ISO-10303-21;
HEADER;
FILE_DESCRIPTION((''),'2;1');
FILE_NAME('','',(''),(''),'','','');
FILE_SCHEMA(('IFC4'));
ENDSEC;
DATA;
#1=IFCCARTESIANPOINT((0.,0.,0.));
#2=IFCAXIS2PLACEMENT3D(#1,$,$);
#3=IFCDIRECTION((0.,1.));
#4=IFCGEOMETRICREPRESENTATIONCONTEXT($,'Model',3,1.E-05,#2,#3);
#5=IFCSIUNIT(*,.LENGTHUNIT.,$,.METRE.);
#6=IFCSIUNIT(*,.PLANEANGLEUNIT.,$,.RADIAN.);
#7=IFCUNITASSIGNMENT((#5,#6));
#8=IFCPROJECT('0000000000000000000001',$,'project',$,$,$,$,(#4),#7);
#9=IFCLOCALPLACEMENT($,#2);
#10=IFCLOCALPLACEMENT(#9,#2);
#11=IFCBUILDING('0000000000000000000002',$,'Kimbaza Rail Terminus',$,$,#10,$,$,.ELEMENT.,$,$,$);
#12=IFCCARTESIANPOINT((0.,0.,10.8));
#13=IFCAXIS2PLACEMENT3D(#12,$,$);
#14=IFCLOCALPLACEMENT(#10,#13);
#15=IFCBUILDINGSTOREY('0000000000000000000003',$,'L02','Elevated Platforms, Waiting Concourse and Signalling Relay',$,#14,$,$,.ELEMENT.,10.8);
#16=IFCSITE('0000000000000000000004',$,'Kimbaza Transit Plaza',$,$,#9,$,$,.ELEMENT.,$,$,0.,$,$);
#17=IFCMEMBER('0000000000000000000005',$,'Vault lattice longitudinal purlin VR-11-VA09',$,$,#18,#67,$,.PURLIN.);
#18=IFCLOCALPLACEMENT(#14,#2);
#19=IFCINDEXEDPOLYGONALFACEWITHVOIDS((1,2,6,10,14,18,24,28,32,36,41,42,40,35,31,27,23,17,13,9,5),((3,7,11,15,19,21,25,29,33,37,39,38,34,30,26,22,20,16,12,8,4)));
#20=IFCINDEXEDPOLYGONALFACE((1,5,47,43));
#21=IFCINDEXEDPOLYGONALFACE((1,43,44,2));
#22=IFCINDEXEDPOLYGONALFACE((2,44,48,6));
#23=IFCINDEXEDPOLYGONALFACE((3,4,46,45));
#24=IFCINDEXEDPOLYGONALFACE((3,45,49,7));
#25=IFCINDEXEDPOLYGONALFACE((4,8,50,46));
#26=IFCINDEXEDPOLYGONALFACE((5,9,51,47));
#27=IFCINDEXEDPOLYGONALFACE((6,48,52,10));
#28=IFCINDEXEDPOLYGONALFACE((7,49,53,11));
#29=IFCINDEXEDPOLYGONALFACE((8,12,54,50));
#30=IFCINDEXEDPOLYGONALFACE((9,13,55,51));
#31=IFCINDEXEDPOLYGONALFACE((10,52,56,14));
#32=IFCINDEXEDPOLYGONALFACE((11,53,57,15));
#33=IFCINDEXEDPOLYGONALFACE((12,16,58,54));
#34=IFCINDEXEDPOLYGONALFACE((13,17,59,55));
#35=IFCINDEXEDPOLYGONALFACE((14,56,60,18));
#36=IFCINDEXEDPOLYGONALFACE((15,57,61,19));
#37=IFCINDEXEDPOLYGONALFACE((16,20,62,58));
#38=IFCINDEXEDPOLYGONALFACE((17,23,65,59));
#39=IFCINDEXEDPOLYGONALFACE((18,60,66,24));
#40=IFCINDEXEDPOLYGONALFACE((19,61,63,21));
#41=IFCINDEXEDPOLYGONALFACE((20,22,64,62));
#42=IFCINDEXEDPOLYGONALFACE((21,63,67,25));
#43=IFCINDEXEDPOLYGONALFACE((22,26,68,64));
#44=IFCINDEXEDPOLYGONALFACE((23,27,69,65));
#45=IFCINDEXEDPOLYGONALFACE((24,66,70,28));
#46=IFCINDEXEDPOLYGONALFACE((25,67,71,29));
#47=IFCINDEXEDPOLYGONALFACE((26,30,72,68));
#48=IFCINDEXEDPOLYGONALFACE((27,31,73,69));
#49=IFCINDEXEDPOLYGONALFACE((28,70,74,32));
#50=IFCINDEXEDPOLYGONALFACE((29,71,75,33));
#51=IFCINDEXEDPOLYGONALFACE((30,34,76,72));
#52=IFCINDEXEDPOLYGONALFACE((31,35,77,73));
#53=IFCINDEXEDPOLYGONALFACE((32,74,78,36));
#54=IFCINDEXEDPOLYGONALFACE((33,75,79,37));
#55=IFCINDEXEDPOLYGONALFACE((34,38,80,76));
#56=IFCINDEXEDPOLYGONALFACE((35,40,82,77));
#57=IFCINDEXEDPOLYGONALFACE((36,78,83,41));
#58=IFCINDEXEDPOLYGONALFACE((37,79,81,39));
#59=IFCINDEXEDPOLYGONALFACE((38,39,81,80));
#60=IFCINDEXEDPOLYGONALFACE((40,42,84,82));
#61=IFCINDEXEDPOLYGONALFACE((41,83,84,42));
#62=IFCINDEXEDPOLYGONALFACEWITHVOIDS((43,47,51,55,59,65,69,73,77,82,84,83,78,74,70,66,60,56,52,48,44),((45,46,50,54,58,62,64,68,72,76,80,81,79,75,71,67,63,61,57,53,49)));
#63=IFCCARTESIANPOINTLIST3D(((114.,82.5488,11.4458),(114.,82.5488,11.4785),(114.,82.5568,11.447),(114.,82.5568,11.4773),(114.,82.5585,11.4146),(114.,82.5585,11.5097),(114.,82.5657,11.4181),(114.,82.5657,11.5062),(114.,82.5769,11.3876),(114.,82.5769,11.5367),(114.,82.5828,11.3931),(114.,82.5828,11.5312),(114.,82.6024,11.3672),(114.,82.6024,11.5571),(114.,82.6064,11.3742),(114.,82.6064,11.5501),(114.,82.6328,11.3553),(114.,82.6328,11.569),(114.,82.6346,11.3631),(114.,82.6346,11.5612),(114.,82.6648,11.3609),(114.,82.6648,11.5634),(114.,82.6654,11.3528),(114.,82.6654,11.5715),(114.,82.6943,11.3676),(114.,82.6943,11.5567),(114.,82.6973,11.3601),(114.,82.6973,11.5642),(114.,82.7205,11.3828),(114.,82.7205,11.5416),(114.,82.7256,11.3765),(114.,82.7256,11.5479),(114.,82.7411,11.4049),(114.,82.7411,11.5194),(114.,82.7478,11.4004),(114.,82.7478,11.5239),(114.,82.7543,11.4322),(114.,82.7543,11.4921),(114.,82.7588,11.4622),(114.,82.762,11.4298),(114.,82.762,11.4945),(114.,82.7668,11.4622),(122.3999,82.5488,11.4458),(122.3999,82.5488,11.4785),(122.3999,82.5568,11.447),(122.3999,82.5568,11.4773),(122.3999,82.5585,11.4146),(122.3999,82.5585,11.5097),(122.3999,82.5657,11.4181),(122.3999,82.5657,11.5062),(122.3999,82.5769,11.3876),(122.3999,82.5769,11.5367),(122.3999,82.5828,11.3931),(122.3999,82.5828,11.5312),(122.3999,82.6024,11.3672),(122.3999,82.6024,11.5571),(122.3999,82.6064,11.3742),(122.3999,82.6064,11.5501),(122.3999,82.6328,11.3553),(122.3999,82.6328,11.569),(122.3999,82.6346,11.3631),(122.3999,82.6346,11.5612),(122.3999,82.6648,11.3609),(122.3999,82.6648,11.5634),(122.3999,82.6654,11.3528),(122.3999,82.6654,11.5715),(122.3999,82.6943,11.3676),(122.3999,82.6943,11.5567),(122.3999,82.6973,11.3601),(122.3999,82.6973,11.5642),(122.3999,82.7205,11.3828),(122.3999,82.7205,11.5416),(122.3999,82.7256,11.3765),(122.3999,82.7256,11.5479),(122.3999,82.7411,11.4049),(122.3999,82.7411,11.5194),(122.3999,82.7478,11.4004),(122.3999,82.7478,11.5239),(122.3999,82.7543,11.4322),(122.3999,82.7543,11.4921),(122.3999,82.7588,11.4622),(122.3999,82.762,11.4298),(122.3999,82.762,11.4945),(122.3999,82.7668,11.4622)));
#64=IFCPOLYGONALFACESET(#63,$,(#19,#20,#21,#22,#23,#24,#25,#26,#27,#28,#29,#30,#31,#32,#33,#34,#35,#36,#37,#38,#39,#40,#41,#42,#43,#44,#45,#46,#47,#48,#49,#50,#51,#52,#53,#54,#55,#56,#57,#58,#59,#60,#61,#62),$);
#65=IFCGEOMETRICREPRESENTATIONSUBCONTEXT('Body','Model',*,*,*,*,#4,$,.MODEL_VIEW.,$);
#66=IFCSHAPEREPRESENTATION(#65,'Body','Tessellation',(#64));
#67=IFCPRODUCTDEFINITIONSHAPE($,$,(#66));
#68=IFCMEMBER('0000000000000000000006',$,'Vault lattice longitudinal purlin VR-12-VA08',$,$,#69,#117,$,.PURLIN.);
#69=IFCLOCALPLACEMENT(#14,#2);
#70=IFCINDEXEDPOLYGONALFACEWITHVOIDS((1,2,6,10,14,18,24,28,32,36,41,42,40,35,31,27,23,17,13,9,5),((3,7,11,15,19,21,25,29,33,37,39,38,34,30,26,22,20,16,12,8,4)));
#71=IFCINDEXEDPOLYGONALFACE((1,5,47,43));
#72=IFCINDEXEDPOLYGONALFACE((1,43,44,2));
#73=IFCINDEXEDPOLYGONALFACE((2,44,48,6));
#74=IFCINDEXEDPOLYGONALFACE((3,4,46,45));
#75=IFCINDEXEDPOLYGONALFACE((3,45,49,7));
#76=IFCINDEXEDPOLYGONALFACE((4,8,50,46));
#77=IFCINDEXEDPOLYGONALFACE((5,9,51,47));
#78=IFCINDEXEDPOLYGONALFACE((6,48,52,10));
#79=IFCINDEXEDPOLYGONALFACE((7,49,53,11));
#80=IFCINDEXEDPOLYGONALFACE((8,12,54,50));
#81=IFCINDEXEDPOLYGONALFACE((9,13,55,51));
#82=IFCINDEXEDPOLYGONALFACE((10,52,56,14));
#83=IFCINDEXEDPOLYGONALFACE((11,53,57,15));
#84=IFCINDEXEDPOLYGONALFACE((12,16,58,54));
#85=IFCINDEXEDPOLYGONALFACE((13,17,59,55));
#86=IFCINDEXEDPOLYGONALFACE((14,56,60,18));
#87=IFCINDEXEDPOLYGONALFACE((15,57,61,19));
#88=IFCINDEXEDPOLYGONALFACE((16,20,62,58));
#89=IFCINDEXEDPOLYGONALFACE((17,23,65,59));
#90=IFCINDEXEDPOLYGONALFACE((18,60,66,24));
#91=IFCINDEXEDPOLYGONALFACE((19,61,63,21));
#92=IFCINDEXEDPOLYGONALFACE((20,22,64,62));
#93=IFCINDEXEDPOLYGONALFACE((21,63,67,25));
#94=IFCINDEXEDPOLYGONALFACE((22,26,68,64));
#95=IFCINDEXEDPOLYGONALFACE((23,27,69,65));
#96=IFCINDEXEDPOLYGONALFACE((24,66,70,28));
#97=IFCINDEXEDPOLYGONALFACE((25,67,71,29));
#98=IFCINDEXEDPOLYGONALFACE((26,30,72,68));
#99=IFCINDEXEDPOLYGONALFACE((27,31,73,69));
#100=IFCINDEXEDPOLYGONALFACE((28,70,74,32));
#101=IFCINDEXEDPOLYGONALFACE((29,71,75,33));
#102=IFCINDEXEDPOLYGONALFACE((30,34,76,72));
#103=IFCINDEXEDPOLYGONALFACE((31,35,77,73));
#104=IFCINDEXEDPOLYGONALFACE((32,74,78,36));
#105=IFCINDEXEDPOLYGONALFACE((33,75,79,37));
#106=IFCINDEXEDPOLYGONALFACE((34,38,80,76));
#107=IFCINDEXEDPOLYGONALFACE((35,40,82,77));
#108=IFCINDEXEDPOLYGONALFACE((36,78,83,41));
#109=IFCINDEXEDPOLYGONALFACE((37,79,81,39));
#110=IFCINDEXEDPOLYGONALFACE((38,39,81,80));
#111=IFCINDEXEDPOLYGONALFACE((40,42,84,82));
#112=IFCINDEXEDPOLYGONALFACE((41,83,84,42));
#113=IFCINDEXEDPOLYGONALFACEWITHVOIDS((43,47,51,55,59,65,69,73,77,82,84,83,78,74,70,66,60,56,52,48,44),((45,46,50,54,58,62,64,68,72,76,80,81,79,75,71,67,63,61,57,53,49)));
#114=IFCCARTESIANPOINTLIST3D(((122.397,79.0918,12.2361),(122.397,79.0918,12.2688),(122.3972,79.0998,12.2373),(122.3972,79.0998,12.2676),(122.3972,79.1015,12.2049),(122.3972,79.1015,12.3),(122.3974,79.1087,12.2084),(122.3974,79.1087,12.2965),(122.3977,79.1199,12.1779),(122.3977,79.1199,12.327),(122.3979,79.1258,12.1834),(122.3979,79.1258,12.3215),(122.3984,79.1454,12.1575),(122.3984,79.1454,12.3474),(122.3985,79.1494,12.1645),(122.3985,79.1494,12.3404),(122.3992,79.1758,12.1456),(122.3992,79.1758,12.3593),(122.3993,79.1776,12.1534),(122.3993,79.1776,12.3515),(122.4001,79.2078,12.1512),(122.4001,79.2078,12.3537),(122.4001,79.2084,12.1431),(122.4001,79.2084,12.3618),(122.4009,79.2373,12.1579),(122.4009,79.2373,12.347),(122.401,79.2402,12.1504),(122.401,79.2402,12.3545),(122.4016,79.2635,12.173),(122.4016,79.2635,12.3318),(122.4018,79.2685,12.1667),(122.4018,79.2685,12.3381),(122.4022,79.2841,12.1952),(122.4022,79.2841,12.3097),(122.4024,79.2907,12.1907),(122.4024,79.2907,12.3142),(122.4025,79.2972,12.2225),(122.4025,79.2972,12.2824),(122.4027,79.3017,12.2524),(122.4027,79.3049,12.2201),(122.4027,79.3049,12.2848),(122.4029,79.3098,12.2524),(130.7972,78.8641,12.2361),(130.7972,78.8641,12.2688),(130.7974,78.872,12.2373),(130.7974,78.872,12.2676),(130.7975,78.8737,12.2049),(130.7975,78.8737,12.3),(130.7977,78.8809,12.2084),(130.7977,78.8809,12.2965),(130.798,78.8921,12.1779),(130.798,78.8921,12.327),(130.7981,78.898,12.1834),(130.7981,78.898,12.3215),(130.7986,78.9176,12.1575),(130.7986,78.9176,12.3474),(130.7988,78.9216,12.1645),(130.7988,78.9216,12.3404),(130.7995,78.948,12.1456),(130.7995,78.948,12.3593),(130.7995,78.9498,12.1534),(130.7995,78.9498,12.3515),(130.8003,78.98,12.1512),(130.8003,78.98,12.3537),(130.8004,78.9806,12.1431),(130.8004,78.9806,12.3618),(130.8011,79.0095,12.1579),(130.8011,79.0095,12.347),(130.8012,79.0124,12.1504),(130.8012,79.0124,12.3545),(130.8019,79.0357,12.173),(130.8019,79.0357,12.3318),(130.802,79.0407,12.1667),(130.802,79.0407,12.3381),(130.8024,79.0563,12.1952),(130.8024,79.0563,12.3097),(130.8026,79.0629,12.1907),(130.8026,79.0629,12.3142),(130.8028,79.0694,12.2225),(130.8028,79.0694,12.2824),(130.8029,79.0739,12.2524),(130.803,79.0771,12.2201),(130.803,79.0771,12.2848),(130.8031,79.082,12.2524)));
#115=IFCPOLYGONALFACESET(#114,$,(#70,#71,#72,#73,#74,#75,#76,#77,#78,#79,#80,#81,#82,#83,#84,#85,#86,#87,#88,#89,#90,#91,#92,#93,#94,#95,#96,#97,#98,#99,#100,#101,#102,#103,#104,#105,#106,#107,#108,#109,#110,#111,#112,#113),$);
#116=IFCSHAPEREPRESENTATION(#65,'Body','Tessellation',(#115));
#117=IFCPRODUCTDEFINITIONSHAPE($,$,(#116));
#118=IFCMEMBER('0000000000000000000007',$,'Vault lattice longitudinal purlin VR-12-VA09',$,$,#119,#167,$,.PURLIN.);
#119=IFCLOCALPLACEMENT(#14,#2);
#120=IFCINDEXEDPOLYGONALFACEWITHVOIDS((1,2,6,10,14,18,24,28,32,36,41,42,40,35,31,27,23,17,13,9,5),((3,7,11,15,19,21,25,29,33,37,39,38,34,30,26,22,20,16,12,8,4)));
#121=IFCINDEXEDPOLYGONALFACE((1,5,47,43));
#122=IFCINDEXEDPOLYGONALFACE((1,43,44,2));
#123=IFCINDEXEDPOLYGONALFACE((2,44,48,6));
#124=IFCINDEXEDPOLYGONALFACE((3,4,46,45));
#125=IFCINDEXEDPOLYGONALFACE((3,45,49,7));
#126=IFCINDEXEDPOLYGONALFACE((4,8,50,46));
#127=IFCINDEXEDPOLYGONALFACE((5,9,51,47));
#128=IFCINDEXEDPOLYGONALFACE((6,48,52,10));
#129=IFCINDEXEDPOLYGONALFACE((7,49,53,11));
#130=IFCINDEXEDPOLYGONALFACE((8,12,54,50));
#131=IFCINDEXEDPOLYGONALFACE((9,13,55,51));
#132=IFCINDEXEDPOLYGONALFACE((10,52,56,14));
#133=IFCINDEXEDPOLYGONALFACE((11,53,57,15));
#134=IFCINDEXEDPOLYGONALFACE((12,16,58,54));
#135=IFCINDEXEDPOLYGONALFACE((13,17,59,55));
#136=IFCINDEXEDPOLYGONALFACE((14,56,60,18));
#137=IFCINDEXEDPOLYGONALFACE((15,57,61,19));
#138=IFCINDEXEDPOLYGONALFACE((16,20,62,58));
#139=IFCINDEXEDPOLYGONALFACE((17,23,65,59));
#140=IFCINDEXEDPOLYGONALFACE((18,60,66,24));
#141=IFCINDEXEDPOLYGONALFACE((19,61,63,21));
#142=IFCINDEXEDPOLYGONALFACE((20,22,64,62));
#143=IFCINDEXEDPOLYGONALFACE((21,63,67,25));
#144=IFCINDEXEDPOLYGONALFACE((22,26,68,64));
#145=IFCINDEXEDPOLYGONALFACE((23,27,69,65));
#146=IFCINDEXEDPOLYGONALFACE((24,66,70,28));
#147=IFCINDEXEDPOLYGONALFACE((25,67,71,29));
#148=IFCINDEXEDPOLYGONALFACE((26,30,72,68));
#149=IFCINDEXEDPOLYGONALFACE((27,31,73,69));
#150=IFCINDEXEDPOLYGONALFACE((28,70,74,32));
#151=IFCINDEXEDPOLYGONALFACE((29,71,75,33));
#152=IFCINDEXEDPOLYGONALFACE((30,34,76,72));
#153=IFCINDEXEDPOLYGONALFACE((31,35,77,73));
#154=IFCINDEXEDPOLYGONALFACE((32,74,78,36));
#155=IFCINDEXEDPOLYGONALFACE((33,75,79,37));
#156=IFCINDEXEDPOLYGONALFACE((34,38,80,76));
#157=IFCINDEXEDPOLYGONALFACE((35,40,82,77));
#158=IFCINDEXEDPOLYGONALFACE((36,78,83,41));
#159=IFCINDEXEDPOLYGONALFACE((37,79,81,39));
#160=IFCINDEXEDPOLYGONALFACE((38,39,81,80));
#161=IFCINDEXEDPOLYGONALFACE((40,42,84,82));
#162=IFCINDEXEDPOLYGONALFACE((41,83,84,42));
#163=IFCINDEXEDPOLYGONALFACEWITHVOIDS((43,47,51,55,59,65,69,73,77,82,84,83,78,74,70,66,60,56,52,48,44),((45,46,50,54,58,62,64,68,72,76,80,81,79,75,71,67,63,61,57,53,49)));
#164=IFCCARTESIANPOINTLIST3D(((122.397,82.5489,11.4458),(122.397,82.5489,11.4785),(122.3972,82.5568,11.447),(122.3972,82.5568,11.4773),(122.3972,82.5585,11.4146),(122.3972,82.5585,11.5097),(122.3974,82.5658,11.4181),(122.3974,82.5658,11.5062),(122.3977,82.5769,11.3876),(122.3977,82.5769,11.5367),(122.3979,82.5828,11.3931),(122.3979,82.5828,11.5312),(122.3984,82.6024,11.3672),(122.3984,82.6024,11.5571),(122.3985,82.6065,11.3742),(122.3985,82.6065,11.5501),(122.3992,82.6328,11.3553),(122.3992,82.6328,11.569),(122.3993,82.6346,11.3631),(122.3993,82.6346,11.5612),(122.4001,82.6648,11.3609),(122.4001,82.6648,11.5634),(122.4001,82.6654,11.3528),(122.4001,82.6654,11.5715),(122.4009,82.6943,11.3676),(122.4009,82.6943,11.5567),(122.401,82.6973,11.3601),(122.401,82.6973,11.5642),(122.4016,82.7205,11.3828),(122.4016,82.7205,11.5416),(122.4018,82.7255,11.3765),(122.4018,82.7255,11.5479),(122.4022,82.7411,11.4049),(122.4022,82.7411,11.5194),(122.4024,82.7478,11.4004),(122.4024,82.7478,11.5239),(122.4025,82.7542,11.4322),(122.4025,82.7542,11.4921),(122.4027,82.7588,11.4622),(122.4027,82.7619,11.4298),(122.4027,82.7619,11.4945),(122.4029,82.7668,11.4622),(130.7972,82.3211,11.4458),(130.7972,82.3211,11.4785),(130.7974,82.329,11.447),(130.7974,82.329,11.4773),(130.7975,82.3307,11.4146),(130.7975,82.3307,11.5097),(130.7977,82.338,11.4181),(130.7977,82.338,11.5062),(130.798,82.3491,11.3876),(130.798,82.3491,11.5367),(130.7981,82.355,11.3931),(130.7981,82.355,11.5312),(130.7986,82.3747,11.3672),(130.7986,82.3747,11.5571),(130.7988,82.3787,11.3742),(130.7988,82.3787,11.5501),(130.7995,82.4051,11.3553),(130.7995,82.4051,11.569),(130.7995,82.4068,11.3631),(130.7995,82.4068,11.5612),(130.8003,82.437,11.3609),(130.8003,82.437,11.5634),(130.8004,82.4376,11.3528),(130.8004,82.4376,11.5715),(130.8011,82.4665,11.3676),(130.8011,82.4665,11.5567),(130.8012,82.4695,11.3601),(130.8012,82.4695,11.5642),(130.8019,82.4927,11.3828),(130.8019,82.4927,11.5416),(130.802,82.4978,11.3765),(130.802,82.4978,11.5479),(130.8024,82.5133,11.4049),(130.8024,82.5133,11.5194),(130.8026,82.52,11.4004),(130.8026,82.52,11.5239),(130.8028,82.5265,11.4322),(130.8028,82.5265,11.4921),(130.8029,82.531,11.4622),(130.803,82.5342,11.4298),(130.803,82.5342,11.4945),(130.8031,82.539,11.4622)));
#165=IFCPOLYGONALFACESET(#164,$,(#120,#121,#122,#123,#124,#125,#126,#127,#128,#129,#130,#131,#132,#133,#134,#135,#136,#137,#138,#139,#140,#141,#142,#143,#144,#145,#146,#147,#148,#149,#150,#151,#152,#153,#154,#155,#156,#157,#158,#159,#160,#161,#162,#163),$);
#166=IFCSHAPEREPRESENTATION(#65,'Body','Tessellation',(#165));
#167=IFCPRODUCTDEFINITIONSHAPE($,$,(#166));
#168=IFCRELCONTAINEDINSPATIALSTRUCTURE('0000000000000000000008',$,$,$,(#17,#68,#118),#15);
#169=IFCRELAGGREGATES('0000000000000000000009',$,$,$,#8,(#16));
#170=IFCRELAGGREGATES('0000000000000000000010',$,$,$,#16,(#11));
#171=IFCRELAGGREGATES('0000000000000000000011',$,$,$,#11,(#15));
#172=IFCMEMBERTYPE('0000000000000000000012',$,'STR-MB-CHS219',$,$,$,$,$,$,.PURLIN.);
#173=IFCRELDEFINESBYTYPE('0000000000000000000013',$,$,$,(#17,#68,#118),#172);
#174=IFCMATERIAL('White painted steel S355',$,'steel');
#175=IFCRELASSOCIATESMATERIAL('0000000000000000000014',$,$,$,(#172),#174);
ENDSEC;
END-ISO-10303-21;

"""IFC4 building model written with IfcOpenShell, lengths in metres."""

from ifc_helpers import new_model, si_unit, direction, frame, origin, origin_2d, place, context, subcontext, project, spatial, hollow_circle, extrude, material, material_profile, profile_set, type_object, element, save


model = new_model("IFC4")

# Units and contexts
model_context = context("Model", 3, precision=1e-05, world=origin(), true_north=direction((0.0, 1.0)))
body_context = subcontext(model_context, "Body", "Model", "MODEL_VIEW")
ifc_project = project(units=[si_unit("LENGTHUNIT", "METRE"), si_unit("PLANEANGLEUNIT", "RADIAN")], contexts=[model_context])

# Site, building, storey
site_placement = place(None, origin())
site = spatial("IfcSite", under=ifc_project, at=site_placement, Name="Kimbaza Transit Plaza", CompositionType="ELEMENT", RefElevation=0.0)
building_placement = place(site_placement, origin())
building = spatial("IfcBuilding", under=site, at=building_placement, Name="Kimbaza Rail Terminus", CompositionType="ELEMENT")
storey_placement = place(building_placement, frame((0.0, 0.0, 10.8)))
storey = spatial("IfcBuildingStorey", under=building, at=storey_placement, Name="L02", Description="Elevated Platforms, Waiting Concourse and Signalling Relay", CompositionType="ELEMENT", Elevation=10.8)

# Members
ifc_material_1 = material(Name="White painted steel S355", Category="steel")
ifc_material_profile_1 = material_profile(ifc_material_1, hollow_circle(Radius=0.1096, WallThickness=0.0081, at=origin_2d()), Name="CHS 219.1x8")
ifc_profile_set_1 = profile_set([ifc_material_profile_1], Name="White painted steel S355")
member_type_1 = type_object("IfcMemberType", Name="STR-MB-CHS219", PredefinedType="PURLIN", material=ifc_profile_set_1)
for number, where, z_axis, x_axis, name in (
    (1, (114.0, 82.6572, 11.4622), (1.0, 0.0, 0.0), (0.0, 1.0, 0.0), "Vault lattice longitudinal purlin VR-11-VA09"),
):
    element("IfcMember", number, at=place(storey_placement, frame(where, z_axis=z_axis, x_axis=x_axis)), inside=storey, type_object=member_type_1, Name=name, PredefinedType="PURLIN", context=body_context, shape_type="SweptSolid", body=[
        extrude(hollow_circle(Radius=0.1096, WallThickness=0.0081, at=origin_2d()), origin(), (0.0, 0.0, 1.0), 8.3999),
    ])
for number, where, z_axis, x_axis, name in (
    (2, (122.3999, 79.2002, 12.2524), (0.999633, -0.027107, 0.0), (0.027107, 0.999633, 0.0), "Vault lattice longitudinal purlin VR-12-VA08"),
    (3, (122.3999, 82.6572, 11.4622), (0.999633, -0.027107, 0.0), (0.027107, 0.999633, 0.0), "Vault lattice longitudinal purlin VR-12-VA09"),
):
    element("IfcMember", number, at=place(storey_placement, frame(where, z_axis=z_axis, x_axis=x_axis)), inside=storey, type_object=member_type_1, Name=name, PredefinedType="PURLIN", context=body_context, shape_type="SweptSolid", body=[
        extrude(hollow_circle(Radius=0.1096, WallThickness=0.0081, at=origin_2d()), origin(), (0.0, 0.0, 1.0), 8.4033),
    ])

save(model, "model.ifc")
